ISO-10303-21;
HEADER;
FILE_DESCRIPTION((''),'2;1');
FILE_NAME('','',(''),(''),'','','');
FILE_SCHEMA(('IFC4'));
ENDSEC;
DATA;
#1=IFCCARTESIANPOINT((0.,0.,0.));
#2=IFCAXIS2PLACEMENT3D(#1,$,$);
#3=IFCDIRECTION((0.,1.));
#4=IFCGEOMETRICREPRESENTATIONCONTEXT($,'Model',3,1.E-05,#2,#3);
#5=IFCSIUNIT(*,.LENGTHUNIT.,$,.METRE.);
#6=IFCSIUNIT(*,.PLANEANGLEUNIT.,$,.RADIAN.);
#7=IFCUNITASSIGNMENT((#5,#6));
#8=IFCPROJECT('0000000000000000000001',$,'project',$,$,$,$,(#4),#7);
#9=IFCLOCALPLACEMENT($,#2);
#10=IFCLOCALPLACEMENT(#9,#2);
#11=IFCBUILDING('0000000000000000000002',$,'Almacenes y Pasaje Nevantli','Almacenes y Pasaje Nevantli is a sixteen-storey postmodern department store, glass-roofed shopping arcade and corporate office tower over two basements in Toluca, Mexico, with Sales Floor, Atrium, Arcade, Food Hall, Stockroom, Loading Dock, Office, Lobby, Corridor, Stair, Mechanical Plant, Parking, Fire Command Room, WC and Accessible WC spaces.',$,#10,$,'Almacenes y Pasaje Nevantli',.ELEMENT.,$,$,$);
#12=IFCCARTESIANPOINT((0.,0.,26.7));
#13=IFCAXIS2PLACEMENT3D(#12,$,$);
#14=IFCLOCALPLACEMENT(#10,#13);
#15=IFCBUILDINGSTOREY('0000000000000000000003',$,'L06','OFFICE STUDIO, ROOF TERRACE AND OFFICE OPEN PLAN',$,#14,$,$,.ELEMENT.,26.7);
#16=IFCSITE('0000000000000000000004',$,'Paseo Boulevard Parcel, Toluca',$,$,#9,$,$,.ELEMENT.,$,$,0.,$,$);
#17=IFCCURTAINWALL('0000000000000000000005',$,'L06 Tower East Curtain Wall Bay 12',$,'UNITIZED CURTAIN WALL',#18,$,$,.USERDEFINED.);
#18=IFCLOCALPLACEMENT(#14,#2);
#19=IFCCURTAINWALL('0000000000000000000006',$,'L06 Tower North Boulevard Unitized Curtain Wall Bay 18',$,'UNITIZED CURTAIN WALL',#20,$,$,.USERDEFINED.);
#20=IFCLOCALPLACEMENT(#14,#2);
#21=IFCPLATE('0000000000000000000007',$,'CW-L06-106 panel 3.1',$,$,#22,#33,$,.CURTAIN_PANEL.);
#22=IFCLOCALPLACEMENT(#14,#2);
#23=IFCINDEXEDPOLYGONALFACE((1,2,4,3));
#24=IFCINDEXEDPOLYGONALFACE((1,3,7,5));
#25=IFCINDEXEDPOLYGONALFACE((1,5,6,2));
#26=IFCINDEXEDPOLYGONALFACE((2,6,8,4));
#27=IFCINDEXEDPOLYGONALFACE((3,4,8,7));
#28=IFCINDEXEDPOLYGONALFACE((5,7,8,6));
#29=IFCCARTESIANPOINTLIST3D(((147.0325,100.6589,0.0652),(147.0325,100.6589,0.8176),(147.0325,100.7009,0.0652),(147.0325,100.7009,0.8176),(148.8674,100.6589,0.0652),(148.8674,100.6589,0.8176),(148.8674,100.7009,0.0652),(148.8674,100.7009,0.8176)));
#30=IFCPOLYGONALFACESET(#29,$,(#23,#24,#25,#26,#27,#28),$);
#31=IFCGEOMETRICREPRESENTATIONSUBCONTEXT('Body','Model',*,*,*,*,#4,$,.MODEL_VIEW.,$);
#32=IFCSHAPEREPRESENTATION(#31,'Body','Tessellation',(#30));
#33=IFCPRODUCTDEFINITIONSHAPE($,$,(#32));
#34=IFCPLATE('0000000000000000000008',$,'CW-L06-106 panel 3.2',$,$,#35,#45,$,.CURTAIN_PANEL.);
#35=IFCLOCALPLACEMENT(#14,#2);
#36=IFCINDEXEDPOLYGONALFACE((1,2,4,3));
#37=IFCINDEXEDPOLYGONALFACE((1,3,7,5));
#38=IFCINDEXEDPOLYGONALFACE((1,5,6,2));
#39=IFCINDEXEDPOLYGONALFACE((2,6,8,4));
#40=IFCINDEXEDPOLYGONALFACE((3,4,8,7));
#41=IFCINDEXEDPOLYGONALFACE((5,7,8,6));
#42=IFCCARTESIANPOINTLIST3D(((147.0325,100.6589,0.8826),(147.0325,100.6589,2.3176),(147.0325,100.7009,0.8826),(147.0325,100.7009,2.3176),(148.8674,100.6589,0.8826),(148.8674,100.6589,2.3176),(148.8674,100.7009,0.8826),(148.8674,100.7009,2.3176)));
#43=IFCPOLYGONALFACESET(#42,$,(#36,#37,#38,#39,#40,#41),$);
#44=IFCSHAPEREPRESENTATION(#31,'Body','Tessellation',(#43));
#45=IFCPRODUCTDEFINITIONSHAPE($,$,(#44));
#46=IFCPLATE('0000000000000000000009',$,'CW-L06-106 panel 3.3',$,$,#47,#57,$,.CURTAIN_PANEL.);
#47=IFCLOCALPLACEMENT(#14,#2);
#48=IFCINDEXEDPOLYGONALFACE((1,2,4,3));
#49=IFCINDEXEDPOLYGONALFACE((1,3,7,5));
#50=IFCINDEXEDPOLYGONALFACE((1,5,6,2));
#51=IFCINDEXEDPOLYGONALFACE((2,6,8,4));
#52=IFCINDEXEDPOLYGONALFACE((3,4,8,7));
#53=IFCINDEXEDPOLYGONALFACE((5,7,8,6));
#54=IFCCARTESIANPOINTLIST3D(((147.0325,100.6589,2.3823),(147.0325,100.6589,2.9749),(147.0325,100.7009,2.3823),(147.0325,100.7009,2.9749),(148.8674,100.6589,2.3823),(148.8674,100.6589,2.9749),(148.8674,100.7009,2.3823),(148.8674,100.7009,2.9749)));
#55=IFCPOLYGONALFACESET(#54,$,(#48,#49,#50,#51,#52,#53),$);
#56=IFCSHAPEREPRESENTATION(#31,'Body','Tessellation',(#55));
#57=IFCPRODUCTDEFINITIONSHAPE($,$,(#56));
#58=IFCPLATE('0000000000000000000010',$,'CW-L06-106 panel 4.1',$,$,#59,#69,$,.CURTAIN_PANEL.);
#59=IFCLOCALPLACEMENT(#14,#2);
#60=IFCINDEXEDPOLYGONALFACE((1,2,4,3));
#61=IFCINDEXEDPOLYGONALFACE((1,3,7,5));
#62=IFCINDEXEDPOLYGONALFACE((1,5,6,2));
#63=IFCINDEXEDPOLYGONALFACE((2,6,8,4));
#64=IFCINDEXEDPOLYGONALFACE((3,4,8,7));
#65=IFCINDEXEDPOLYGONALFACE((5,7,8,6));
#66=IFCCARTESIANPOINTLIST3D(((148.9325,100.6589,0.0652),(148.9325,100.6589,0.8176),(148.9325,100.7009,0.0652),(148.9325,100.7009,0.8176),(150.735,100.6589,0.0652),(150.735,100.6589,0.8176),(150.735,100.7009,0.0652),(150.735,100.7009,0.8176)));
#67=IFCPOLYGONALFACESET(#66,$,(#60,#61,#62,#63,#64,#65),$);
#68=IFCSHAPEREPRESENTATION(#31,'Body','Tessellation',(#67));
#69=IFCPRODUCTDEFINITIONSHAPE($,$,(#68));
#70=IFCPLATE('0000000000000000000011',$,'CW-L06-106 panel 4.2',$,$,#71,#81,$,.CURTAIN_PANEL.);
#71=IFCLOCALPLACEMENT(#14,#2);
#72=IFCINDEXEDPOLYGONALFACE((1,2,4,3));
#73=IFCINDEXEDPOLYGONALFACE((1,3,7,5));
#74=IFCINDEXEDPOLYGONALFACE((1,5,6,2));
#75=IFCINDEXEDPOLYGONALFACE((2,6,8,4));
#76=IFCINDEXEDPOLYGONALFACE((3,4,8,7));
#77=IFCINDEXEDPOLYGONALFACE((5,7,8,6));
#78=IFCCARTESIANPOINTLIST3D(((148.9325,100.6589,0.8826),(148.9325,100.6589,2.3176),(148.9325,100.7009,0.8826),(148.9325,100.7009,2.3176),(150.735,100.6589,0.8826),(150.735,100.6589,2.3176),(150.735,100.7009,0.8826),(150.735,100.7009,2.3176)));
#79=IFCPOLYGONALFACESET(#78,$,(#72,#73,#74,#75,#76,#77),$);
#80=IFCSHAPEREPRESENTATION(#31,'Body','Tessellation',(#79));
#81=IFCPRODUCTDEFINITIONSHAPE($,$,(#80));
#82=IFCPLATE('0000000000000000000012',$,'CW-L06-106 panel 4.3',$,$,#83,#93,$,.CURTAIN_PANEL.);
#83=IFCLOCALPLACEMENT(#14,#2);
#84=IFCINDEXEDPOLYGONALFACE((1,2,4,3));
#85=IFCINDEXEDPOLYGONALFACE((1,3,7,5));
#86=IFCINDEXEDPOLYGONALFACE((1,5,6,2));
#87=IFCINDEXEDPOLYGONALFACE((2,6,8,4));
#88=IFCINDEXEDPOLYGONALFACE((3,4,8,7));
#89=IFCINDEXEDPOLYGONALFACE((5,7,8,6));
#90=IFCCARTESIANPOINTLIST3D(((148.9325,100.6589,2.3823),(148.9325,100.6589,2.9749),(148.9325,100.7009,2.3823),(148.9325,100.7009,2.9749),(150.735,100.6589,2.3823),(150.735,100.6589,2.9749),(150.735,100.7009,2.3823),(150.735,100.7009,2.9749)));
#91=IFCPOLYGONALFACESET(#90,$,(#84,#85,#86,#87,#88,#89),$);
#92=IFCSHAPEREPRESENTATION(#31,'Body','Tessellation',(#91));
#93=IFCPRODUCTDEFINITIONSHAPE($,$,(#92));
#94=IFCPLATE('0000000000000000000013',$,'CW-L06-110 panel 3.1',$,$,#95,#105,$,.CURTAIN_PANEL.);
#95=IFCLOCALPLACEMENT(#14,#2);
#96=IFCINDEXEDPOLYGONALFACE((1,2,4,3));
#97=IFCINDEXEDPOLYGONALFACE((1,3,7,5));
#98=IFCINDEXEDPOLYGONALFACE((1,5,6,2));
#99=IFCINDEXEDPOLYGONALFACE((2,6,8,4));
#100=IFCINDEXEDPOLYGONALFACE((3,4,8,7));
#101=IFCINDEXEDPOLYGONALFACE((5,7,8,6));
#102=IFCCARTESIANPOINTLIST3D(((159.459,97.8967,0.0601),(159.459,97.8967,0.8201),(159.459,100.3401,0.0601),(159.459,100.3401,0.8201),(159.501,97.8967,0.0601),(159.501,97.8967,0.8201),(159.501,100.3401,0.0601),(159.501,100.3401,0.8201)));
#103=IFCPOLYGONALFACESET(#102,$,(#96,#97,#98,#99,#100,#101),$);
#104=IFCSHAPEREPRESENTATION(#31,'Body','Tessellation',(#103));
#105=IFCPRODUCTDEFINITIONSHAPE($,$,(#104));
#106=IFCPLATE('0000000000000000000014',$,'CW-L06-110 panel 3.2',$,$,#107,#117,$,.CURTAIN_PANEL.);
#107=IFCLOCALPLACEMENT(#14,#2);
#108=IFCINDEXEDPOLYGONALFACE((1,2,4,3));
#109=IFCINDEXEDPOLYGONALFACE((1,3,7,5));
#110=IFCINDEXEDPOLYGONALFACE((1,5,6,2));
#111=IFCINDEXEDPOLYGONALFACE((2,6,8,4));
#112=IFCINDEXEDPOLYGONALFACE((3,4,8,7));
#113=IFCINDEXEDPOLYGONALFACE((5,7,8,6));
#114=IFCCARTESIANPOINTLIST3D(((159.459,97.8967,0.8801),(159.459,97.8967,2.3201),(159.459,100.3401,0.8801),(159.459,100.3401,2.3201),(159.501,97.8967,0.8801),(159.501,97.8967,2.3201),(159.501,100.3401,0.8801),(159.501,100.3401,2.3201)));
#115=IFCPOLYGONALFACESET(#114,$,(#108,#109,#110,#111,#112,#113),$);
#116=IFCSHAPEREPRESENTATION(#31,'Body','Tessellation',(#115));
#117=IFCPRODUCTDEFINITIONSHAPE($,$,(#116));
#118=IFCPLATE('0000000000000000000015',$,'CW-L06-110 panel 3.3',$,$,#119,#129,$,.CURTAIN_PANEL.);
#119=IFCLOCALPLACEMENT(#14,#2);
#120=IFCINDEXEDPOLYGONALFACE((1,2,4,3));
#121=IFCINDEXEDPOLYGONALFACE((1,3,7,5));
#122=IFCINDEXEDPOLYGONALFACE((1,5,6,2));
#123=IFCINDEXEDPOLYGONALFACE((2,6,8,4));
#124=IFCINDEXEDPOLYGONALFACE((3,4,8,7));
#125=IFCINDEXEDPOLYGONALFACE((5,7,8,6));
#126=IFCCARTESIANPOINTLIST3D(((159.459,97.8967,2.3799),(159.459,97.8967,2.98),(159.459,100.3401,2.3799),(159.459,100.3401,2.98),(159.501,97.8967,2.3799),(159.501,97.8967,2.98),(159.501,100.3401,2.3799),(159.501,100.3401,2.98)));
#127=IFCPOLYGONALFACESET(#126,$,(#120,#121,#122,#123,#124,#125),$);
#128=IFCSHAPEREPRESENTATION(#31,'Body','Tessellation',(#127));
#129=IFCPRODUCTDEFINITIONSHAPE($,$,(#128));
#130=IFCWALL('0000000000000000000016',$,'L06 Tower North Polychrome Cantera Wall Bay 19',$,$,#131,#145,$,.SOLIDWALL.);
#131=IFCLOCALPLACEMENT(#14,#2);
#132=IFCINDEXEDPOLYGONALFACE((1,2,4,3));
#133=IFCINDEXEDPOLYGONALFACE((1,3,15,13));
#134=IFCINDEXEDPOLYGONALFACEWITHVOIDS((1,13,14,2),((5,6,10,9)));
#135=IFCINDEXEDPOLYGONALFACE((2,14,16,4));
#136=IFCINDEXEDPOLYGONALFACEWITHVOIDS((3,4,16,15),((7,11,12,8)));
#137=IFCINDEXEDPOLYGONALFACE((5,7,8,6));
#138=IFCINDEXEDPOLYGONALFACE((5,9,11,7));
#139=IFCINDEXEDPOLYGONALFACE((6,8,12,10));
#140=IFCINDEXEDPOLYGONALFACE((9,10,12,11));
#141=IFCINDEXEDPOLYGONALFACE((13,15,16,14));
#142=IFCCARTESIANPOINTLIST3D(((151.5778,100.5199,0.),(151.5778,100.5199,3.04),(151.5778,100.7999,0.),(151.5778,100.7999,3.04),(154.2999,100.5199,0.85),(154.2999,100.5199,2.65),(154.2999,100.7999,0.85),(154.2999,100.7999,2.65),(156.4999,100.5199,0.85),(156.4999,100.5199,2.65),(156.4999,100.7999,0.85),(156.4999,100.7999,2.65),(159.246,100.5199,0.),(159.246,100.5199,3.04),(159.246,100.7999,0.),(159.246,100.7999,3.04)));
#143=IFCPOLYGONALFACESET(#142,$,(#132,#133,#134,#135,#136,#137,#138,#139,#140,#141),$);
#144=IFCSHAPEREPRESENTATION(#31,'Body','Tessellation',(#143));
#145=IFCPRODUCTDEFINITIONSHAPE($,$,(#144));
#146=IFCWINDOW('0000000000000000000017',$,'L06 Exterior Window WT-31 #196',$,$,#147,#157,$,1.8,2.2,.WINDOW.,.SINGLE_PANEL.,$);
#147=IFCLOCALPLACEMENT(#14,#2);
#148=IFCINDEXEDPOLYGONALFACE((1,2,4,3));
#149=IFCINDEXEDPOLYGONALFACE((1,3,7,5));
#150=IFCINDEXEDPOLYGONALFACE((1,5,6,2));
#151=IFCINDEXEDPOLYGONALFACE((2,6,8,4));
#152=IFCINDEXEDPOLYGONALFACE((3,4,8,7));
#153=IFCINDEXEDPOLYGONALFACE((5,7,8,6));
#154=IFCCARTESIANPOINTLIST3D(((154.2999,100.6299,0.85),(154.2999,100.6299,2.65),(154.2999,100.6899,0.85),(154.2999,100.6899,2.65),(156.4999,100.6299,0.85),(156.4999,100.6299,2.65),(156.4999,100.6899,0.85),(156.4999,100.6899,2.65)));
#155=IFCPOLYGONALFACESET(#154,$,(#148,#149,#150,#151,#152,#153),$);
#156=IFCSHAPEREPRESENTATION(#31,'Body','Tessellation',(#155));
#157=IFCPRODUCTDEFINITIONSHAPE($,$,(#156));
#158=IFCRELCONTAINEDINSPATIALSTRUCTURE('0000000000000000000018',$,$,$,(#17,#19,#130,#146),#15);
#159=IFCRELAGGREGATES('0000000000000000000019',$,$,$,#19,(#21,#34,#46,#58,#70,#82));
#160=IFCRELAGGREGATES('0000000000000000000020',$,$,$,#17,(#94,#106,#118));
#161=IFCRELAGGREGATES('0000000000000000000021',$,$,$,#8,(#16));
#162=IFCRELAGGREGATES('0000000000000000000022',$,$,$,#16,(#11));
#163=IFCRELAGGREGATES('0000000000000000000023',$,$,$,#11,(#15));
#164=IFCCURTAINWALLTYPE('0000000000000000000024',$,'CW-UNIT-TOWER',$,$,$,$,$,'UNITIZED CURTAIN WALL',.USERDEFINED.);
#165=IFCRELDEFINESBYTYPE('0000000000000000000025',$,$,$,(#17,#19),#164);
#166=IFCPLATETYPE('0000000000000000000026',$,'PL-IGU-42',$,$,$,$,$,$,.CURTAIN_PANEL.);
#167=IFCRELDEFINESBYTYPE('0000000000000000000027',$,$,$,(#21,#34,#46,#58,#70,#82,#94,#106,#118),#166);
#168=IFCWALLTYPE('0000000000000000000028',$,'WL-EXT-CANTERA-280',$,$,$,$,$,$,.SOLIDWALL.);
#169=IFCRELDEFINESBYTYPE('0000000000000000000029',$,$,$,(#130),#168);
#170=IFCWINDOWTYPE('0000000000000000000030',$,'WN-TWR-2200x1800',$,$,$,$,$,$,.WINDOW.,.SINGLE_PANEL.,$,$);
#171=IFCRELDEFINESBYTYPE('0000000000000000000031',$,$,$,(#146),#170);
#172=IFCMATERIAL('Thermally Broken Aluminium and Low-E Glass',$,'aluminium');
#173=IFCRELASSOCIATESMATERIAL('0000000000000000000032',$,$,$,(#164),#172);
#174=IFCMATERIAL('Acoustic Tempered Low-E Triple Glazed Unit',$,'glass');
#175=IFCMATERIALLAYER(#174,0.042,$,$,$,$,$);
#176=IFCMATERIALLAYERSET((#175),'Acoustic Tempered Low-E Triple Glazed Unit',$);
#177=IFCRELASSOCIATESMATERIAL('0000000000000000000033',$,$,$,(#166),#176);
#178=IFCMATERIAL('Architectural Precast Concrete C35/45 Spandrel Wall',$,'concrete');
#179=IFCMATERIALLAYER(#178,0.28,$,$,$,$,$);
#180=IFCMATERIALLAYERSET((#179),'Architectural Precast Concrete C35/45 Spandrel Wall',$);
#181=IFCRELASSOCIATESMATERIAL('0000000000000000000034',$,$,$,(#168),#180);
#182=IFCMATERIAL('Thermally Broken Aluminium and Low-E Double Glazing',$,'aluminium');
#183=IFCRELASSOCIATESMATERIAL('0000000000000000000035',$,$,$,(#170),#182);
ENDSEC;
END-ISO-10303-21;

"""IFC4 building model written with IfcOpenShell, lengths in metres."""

from ifc_helpers import new_model, si_unit, direction, frame, frame_2d, origin, origin_2d, place, context, subcontext, project, spatial, rectangle, extrude, material, layer, layer_set, type_object, element, fill, aggregate, save


model = new_model("IFC4")

# Units and contexts
model_context = context("Model", 3, precision=1e-05, world=origin(), true_north=direction((0.0, 1.0)))
body_context = subcontext(model_context, "Body", "Model", "MODEL_VIEW")
ifc_project = project(units=[si_unit("LENGTHUNIT", "METRE"), si_unit("PLANEANGLEUNIT", "RADIAN")], contexts=[model_context])

# Site, building, storey
site_placement = place(None, origin())
site = spatial("IfcSite", under=ifc_project, at=site_placement, Name="Paseo Boulevard Parcel, Toluca", CompositionType="ELEMENT", RefElevation=0.0)
building_placement = place(site_placement, origin())
building = spatial("IfcBuilding", under=site, at=building_placement, Name="Almacenes y Pasaje Nevantli", Description="Almacenes y Pasaje Nevantli is a sixteen-storey postmodern department store, glass-roofed shopping arcade and corporate office tower over two basements in Toluca, Mexico, with Sales Floor, Atrium, Arcade, Food Hall, Stockroom, Loading Dock, Office, Lobby, Corridor, Stair, Mechanical Plant, Parking, Fire Command Room, WC and Accessible WC spaces.", LongName="Almacenes y Pasaje Nevantli", CompositionType="ELEMENT")
storey_placement = place(building_placement, frame((0.0, 0.0, 26.7)))
storey = spatial("IfcBuildingStorey", under=building, at=storey_placement, Name="L06", Description="OFFICE STUDIO, ROOF TERRACE AND OFFICE OPEN PLAN", CompositionType="ELEMENT", Elevation=26.7)

# Curtain wall
ifc_material_1 = material(Name="Thermally Broken Aluminium and Low-E Glass", Category="aluminium")
curtain_wall_type = type_object("IfcCurtainWallType", Name="CW-UNIT-TOWER", ElementType="UNITIZED CURTAIN WALL", PredefinedType="USERDEFINED", material=ifc_material_1)
curtain_wall_1_placement = place(storey_placement, origin())
curtain_wall_1 = element("IfcCurtainWall", 1, at=curtain_wall_1_placement, inside=storey, type_object=curtain_wall_type, Name="L06 Tower East Curtain Wall Bay 12", ObjectType="UNITIZED CURTAIN WALL", PredefinedType="USERDEFINED")

# Curtain wall
curtain_wall_2_placement = place(storey_placement, origin())
curtain_wall_2 = element("IfcCurtainWall", 2, at=curtain_wall_2_placement, inside=storey, type_object=curtain_wall_type, Name="L06 Tower North Boulevard Unitized Curtain Wall Bay 18", ObjectType="UNITIZED CURTAIN WALL", PredefinedType="USERDEFINED")

# Plates
ifc_material_2 = material(Name="Acoustic Tempered Low-E Triple Glazed Unit", Category="glass")
ifc_layer_1 = layer(ifc_material_2, 0.042)
ifc_layer_set_1 = layer_set([ifc_layer_1], Name="Acoustic Tempered Low-E Triple Glazed Unit")
plate_type = type_object("IfcPlateType", Name="PL-IGU-42", PredefinedType="CURTAIN_PANEL", material=ifc_layer_set_1)
plate_1_placement = place(storey_placement, frame((147.95, 100.6799, 0.0652), z_axis=(0.0, 0.0, 1.0), x_axis=(1.0, 0.0, 0.0)))
plate_1 = element("IfcPlate", 3, at=plate_1_placement, type_object=plate_type, Name="CW-L06-106 panel 3.1", PredefinedType="CURTAIN_PANEL", context=body_context, shape_type="SweptSolid", body=[
    extrude(rectangle(XDim=1.835, YDim=0.042, at=origin_2d()), origin(), (0.0, 0.0, 1.0), 0.7524),
])
plate_2_placement = place(storey_placement, frame((147.95, 100.6799, 0.8826), z_axis=(0.0, 0.0, 1.0), x_axis=(1.0, 0.0, 0.0)))
plate_2 = element("IfcPlate", 4, at=plate_2_placement, type_object=plate_type, Name="CW-L06-106 panel 3.2", PredefinedType="CURTAIN_PANEL", context=body_context, shape_type="SweptSolid", body=[
    extrude(rectangle(XDim=1.835, YDim=0.042, at=origin_2d()), origin(), (0.0, 0.0, 1.0), 1.4351),
])
plate_3_placement = place(storey_placement, frame((147.95, 100.6799, 2.3823), z_axis=(0.0, 0.0, 1.0), x_axis=(1.0, 0.0, 0.0)))
plate_3 = element("IfcPlate", 5, at=plate_3_placement, type_object=plate_type, Name="CW-L06-106 panel 3.3", PredefinedType="CURTAIN_PANEL", context=body_context, shape_type="SweptSolid", body=[
    extrude(rectangle(XDim=1.835, YDim=0.042, at=origin_2d()), origin(), (0.0, 0.0, 1.0), 0.5925),
])
plate_4_placement = place(storey_placement, frame((149.8337, 100.6799, 0.0652), z_axis=(0.0, 0.0, 1.0), x_axis=(1.0, 0.0, 0.0)))
plate_4 = element("IfcPlate", 6, at=plate_4_placement, type_object=plate_type, Name="CW-L06-106 panel 4.1", PredefinedType="CURTAIN_PANEL", context=body_context, shape_type="SweptSolid", body=[
    extrude(rectangle(XDim=1.8025, YDim=0.042, at=origin_2d()), origin(), (0.0, 0.0, 1.0), 0.7524),
])
plate_5_placement = place(storey_placement, frame((149.8337, 100.6799, 0.8826), z_axis=(0.0, 0.0, 1.0), x_axis=(1.0, 0.0, 0.0)))
plate_5 = element("IfcPlate", 7, at=plate_5_placement, type_object=plate_type, Name="CW-L06-106 panel 4.2", PredefinedType="CURTAIN_PANEL", context=body_context, shape_type="SweptSolid", body=[
    extrude(rectangle(XDim=1.8025, YDim=0.042, at=origin_2d()), origin(), (0.0, 0.0, 1.0), 1.4351),
])
plate_6_placement = place(storey_placement, frame((149.8337, 100.6799, 2.3823), z_axis=(0.0, 0.0, 1.0), x_axis=(1.0, 0.0, 0.0)))
plate_6 = element("IfcPlate", 8, at=plate_6_placement, type_object=plate_type, Name="CW-L06-106 panel 4.3", PredefinedType="CURTAIN_PANEL", context=body_context, shape_type="SweptSolid", body=[
    extrude(rectangle(XDim=1.8025, YDim=0.042, at=origin_2d()), origin(), (0.0, 0.0, 1.0), 0.5925),
])
aggregate(curtain_wall_2, [plate_1, plate_2, plate_3, plate_4, plate_5, plate_6])
plate_7_placement = place(storey_placement, frame((159.48, 99.1184, 0.0601), z_axis=(0.0, 0.0, 1.0), x_axis=(0.0, 1.0, 0.0)))
plate_7 = element("IfcPlate", 9, at=plate_7_placement, type_object=plate_type, Name="CW-L06-110 panel 3.1", PredefinedType="CURTAIN_PANEL", context=body_context, shape_type="SweptSolid", body=[
    extrude(rectangle(XDim=2.4434, YDim=0.042, at=origin_2d()), origin(), (0.0, 0.0, 1.0), 0.76),
])
plate_8_placement = place(storey_placement, frame((159.48, 99.1184, 0.8801), z_axis=(0.0, 0.0, 1.0), x_axis=(0.0, 1.0, 0.0)))
plate_8 = element("IfcPlate", 10, at=plate_8_placement, type_object=plate_type, Name="CW-L06-110 panel 3.2", PredefinedType="CURTAIN_PANEL", context=body_context, shape_type="SweptSolid", body=[
    extrude(rectangle(XDim=2.4434, YDim=0.042, at=origin_2d()), origin(), (0.0, 0.0, 1.0), 1.4399),
])
plate_9_placement = place(storey_placement, frame((159.48, 99.1184, 2.3799), z_axis=(0.0, 0.0, 1.0), x_axis=(0.0, 1.0, 0.0)))
plate_9 = element("IfcPlate", 11, at=plate_9_placement, type_object=plate_type, Name="CW-L06-110 panel 3.3", PredefinedType="CURTAIN_PANEL", context=body_context, shape_type="SweptSolid", body=[
    extrude(rectangle(XDim=2.4434, YDim=0.042, at=origin_2d()), origin(), (0.0, 0.0, 1.0), 0.6001),
])
aggregate(curtain_wall_1, [plate_7, plate_8, plate_9])

# Wall, opening, window
ifc_material_3 = material(Name="Architectural Precast Concrete C35/45 Spandrel Wall", Category="concrete")
ifc_layer_2 = layer(ifc_material_3, 0.28)
ifc_layer_set_2 = layer_set([ifc_layer_2], Name="Architectural Precast Concrete C35/45 Spandrel Wall")
wall_type = type_object("IfcWallType", Name="WL-EXT-CANTERA-280", PredefinedType="SOLIDWALL", material=ifc_layer_set_2)
wall_placement = place(storey_placement, frame((151.5779, 100.6599, 0.0), z_axis=(0.0, 0.0, 1.0), x_axis=(1.0, 0.0, 0.0)))
wall = element("IfcWall", 12, at=wall_placement, inside=storey, type_object=wall_type, Name="L06 Tower North Polychrome Cantera Wall Bay 19", PredefinedType="SOLIDWALL", context=body_context, shape_type="SweptSolid", body=[
    extrude(rectangle(XDim=7.6682, YDim=0.28, at=frame_2d((3.834, 0.0))), origin(), (0.0, 0.0, 1.0), 3.04),
])
opening_placement = place(wall_placement, frame((2.7219, 0.0, 0.8501)))
opening = element("IfcOpeningElement", 13, at=opening_placement, cuts=wall, PredefinedType="OPENING", context=body_context, shape_type="SweptSolid", body=[
    extrude(rectangle(XDim=2.2, YDim=1.8, at=frame_2d((1.1001, 0.8999))), frame((0.0, 0.1499, 0.0), z_axis=(0.0, -1.0, 0.0), x_axis=(1.0, 0.0, 0.0)), (0.0, 0.0, 1.0), 0.3),
])
ifc_material_4 = material(Name="Thermally Broken Aluminium and Low-E Double Glazing", Category="aluminium")
window_type = type_object("IfcWindowType", Name="WN-TWR-2200x1800", PartitioningType="SINGLE_PANEL", PredefinedType="WINDOW", material=ifc_material_4)
window_placement = place(opening_placement, origin())
window = element("IfcWindow", 14, at=window_placement, inside=storey, type_object=window_type, Name="L06 Exterior Window WT-31 #196", OverallHeight=1.8, OverallWidth=2.2, PartitioningType="SINGLE_PANEL", PredefinedType="WINDOW", context=body_context, shape_type="SweptSolid", body=[
    extrude(rectangle(XDim=2.2, YDim=1.8, at=frame_2d((1.1001, 0.8999))), frame((0.0, 0.03, 0.0), z_axis=(0.0, -1.0, 0.0), x_axis=(1.0, 0.0, 0.0)), (0.0, 0.0, 1.0), 0.0601),
])
fill(opening, window)

save(model, "model.ifc")
